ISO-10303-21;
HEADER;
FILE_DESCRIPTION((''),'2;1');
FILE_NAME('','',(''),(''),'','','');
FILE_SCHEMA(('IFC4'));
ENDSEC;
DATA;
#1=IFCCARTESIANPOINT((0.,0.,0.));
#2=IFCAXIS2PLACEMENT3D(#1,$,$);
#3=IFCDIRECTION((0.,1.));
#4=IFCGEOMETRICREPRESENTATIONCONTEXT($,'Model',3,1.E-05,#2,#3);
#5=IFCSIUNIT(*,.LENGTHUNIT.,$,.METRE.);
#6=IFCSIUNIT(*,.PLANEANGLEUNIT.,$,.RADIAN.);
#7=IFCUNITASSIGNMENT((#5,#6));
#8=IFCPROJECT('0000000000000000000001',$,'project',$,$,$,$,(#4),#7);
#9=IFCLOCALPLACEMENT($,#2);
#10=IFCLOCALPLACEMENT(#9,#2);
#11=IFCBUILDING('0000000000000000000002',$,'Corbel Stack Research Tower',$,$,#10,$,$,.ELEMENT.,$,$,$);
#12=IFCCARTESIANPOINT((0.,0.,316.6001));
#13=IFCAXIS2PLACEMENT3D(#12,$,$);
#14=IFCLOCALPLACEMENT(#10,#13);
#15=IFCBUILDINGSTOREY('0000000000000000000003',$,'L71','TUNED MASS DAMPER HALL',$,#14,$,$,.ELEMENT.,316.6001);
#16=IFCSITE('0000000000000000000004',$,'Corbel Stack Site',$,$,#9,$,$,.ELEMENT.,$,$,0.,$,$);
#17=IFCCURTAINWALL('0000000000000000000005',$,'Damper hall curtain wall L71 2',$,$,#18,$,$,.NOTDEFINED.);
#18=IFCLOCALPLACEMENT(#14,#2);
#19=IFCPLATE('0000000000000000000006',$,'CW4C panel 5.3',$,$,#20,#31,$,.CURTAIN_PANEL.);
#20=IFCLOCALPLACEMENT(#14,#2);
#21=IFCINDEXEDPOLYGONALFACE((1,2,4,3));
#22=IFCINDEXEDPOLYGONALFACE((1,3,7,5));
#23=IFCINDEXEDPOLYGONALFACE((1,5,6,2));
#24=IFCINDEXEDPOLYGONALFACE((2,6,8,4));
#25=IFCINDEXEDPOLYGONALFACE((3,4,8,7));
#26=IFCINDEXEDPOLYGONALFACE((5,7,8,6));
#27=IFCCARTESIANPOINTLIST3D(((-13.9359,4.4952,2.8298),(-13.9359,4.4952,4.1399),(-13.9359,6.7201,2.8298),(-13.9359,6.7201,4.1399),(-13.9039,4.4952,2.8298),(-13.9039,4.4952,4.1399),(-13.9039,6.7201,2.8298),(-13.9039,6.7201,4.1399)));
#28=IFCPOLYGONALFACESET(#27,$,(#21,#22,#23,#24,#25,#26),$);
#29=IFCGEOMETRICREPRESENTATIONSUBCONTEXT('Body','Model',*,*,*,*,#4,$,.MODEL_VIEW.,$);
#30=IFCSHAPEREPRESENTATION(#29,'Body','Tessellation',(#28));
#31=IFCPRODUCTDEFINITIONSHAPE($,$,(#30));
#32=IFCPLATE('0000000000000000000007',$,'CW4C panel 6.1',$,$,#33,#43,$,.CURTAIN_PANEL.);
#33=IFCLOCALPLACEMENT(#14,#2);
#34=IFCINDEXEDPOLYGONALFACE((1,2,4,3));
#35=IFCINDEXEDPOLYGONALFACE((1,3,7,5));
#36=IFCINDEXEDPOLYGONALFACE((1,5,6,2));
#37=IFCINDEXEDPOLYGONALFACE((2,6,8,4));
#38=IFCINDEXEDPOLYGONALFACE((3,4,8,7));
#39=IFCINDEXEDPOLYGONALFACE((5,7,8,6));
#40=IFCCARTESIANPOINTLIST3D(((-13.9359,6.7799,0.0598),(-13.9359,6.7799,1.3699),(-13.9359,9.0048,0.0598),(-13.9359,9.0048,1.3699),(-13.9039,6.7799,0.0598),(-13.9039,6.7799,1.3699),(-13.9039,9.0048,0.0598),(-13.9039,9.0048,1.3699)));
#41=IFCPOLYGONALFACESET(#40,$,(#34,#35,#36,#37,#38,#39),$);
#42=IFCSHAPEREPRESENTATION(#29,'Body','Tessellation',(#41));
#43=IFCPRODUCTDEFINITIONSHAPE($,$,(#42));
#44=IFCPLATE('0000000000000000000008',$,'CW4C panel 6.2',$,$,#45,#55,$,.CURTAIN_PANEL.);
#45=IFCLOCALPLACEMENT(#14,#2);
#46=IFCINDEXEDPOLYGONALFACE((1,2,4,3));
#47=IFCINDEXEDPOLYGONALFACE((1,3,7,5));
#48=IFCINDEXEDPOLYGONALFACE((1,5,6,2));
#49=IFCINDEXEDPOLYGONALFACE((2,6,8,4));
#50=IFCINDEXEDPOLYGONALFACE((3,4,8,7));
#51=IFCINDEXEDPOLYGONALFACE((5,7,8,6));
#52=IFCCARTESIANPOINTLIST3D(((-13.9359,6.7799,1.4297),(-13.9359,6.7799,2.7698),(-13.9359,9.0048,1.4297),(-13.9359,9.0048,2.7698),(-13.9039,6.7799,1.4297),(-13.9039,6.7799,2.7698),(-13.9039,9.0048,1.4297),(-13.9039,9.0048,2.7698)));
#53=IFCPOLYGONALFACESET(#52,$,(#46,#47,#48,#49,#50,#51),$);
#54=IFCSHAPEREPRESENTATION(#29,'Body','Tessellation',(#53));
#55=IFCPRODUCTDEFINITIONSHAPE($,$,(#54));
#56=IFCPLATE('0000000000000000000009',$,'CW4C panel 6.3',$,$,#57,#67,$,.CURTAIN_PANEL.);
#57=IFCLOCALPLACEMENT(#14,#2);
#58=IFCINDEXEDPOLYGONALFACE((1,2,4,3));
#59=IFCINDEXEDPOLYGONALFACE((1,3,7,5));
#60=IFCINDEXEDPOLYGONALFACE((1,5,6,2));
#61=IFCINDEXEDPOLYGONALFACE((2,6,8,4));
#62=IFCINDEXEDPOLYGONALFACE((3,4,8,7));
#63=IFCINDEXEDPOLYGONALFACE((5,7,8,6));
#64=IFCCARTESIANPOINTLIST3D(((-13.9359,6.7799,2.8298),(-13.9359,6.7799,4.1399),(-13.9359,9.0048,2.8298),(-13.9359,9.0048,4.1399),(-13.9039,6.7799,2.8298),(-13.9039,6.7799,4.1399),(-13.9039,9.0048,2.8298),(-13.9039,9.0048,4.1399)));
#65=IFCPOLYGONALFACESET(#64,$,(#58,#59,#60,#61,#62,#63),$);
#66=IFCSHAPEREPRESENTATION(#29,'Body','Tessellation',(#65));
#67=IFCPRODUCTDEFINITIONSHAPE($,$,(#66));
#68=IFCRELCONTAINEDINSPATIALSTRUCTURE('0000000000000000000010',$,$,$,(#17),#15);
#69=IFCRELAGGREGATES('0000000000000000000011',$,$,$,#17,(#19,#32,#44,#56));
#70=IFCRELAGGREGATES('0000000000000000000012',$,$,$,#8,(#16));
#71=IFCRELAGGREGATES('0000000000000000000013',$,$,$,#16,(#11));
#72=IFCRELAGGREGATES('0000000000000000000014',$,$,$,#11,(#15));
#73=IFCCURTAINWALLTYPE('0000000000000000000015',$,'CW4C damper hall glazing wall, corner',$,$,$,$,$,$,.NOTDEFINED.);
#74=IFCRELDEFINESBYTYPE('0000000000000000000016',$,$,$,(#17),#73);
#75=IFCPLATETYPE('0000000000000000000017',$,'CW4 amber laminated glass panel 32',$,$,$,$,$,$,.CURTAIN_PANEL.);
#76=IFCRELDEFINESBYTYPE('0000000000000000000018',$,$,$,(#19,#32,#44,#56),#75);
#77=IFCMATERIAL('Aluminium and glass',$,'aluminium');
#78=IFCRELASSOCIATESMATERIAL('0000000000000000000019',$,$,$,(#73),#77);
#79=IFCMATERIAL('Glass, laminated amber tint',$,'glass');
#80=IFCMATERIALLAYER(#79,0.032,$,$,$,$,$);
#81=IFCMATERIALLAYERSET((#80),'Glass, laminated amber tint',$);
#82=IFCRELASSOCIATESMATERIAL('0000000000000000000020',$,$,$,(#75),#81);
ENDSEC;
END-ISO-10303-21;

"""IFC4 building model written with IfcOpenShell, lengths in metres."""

from ifc_helpers import new_model, si_unit, direction, frame, origin, origin_2d, place, context, subcontext, project, spatial, rectangle, extrude, material, layer, layer_set, type_object, element, aggregate, save


model = new_model("IFC4")

# Units and contexts
model_context = context("Model", 3, precision=1e-05, world=origin(), true_north=direction((0.0, 1.0)))
body_context = subcontext(model_context, "Body", "Model", "MODEL_VIEW")
ifc_project = project(units=[si_unit("LENGTHUNIT", "METRE"), si_unit("PLANEANGLEUNIT", "RADIAN")], contexts=[model_context])

# Site, building, storey
site_placement = place(None, origin())
site = spatial("IfcSite", under=ifc_project, at=site_placement, Name="Corbel Stack Site", CompositionType="ELEMENT", RefElevation=0.0)
building_placement = place(site_placement, origin())
building = spatial("IfcBuilding", under=site, at=building_placement, Name="Corbel Stack Research Tower", CompositionType="ELEMENT")
storey_placement = place(building_placement, frame((0.0, 0.0, 316.6001)))
storey = spatial("IfcBuildingStorey", under=building, at=storey_placement, Name="L71", Description="TUNED MASS DAMPER HALL", CompositionType="ELEMENT", Elevation=316.6001)

# Curtain wall, plates
ifc_material_1 = material(Name="Aluminium and glass", Category="aluminium")
curtain_wall_type = type_object("IfcCurtainWallType", Name="CW4C damper hall glazing wall, corner", PredefinedType="NOTDEFINED", material=ifc_material_1)
curtain_wall_placement = place(storey_placement, origin())
curtain_wall = element("IfcCurtainWall", 1, at=curtain_wall_placement, inside=storey, type_object=curtain_wall_type, Name="Damper hall curtain wall L71 2", PredefinedType="NOTDEFINED")
ifc_material_2 = material(Name="Glass, laminated amber tint", Category="glass")
ifc_layer = layer(ifc_material_2, 0.032)
ifc_layer_set = layer_set([ifc_layer], Name="Glass, laminated amber tint")
plate_type = type_object("IfcPlateType", Name="CW4 amber laminated glass panel 32", PredefinedType="CURTAIN_PANEL", material=ifc_layer_set)
plate_1_placement = place(storey_placement, frame((-13.9199, 5.6077, 2.8298), z_axis=(0.0, 0.0, 1.0), x_axis=(0.0, 1.0, 0.0)))
plate_1 = element("IfcPlate", 2, at=plate_1_placement, type_object=plate_type, Name="CW4C panel 5.3", PredefinedType="CURTAIN_PANEL", context=body_context, shape_type="SweptSolid", body=[
    extrude(rectangle(XDim=2.2249, YDim=0.032, at=origin_2d()), origin(), (0.0, 0.0, 1.0), 1.3101),
])
plate_2_placement = place(storey_placement, frame((-13.9199, 7.8923, 0.0598), z_axis=(0.0, 0.0, 1.0), x_axis=(0.0, 1.0, 0.0)))
plate_2 = element("IfcPlate", 3, at=plate_2_placement, type_object=plate_type, Name="CW4C panel 6.1", PredefinedType="CURTAIN_PANEL", context=body_context, shape_type="SweptSolid", body=[
    extrude(rectangle(XDim=2.2249, YDim=0.032, at=origin_2d()), origin(), (0.0, 0.0, 1.0), 1.3101),
])
plate_3_placement = place(storey_placement, frame((-13.9199, 7.8923, 1.4297), z_axis=(0.0, 0.0, 1.0), x_axis=(0.0, 1.0, 0.0)))
plate_3 = element("IfcPlate", 4, at=plate_3_placement, type_object=plate_type, Name="CW4C panel 6.2", PredefinedType="CURTAIN_PANEL", context=body_context, shape_type="SweptSolid", body=[
    extrude(rectangle(XDim=2.2249, YDim=0.032, at=origin_2d()), origin(), (0.0, 0.0, 1.0), 1.3401),
])
plate_4_placement = place(storey_placement, frame((-13.9199, 7.8923, 2.8298), z_axis=(0.0, 0.0, 1.0), x_axis=(0.0, 1.0, 0.0)))
plate_4 = element("IfcPlate", 5, at=plate_4_placement, type_object=plate_type, Name="CW4C panel 6.3", PredefinedType="CURTAIN_PANEL", context=body_context, shape_type="SweptSolid", body=[
    extrude(rectangle(XDim=2.2249, YDim=0.032, at=origin_2d()), origin(), (0.0, 0.0, 1.0), 1.3101),
])
aggregate(curtain_wall, [plate_1, plate_2, plate_3, plate_4])

save(model, "model.ifc")
